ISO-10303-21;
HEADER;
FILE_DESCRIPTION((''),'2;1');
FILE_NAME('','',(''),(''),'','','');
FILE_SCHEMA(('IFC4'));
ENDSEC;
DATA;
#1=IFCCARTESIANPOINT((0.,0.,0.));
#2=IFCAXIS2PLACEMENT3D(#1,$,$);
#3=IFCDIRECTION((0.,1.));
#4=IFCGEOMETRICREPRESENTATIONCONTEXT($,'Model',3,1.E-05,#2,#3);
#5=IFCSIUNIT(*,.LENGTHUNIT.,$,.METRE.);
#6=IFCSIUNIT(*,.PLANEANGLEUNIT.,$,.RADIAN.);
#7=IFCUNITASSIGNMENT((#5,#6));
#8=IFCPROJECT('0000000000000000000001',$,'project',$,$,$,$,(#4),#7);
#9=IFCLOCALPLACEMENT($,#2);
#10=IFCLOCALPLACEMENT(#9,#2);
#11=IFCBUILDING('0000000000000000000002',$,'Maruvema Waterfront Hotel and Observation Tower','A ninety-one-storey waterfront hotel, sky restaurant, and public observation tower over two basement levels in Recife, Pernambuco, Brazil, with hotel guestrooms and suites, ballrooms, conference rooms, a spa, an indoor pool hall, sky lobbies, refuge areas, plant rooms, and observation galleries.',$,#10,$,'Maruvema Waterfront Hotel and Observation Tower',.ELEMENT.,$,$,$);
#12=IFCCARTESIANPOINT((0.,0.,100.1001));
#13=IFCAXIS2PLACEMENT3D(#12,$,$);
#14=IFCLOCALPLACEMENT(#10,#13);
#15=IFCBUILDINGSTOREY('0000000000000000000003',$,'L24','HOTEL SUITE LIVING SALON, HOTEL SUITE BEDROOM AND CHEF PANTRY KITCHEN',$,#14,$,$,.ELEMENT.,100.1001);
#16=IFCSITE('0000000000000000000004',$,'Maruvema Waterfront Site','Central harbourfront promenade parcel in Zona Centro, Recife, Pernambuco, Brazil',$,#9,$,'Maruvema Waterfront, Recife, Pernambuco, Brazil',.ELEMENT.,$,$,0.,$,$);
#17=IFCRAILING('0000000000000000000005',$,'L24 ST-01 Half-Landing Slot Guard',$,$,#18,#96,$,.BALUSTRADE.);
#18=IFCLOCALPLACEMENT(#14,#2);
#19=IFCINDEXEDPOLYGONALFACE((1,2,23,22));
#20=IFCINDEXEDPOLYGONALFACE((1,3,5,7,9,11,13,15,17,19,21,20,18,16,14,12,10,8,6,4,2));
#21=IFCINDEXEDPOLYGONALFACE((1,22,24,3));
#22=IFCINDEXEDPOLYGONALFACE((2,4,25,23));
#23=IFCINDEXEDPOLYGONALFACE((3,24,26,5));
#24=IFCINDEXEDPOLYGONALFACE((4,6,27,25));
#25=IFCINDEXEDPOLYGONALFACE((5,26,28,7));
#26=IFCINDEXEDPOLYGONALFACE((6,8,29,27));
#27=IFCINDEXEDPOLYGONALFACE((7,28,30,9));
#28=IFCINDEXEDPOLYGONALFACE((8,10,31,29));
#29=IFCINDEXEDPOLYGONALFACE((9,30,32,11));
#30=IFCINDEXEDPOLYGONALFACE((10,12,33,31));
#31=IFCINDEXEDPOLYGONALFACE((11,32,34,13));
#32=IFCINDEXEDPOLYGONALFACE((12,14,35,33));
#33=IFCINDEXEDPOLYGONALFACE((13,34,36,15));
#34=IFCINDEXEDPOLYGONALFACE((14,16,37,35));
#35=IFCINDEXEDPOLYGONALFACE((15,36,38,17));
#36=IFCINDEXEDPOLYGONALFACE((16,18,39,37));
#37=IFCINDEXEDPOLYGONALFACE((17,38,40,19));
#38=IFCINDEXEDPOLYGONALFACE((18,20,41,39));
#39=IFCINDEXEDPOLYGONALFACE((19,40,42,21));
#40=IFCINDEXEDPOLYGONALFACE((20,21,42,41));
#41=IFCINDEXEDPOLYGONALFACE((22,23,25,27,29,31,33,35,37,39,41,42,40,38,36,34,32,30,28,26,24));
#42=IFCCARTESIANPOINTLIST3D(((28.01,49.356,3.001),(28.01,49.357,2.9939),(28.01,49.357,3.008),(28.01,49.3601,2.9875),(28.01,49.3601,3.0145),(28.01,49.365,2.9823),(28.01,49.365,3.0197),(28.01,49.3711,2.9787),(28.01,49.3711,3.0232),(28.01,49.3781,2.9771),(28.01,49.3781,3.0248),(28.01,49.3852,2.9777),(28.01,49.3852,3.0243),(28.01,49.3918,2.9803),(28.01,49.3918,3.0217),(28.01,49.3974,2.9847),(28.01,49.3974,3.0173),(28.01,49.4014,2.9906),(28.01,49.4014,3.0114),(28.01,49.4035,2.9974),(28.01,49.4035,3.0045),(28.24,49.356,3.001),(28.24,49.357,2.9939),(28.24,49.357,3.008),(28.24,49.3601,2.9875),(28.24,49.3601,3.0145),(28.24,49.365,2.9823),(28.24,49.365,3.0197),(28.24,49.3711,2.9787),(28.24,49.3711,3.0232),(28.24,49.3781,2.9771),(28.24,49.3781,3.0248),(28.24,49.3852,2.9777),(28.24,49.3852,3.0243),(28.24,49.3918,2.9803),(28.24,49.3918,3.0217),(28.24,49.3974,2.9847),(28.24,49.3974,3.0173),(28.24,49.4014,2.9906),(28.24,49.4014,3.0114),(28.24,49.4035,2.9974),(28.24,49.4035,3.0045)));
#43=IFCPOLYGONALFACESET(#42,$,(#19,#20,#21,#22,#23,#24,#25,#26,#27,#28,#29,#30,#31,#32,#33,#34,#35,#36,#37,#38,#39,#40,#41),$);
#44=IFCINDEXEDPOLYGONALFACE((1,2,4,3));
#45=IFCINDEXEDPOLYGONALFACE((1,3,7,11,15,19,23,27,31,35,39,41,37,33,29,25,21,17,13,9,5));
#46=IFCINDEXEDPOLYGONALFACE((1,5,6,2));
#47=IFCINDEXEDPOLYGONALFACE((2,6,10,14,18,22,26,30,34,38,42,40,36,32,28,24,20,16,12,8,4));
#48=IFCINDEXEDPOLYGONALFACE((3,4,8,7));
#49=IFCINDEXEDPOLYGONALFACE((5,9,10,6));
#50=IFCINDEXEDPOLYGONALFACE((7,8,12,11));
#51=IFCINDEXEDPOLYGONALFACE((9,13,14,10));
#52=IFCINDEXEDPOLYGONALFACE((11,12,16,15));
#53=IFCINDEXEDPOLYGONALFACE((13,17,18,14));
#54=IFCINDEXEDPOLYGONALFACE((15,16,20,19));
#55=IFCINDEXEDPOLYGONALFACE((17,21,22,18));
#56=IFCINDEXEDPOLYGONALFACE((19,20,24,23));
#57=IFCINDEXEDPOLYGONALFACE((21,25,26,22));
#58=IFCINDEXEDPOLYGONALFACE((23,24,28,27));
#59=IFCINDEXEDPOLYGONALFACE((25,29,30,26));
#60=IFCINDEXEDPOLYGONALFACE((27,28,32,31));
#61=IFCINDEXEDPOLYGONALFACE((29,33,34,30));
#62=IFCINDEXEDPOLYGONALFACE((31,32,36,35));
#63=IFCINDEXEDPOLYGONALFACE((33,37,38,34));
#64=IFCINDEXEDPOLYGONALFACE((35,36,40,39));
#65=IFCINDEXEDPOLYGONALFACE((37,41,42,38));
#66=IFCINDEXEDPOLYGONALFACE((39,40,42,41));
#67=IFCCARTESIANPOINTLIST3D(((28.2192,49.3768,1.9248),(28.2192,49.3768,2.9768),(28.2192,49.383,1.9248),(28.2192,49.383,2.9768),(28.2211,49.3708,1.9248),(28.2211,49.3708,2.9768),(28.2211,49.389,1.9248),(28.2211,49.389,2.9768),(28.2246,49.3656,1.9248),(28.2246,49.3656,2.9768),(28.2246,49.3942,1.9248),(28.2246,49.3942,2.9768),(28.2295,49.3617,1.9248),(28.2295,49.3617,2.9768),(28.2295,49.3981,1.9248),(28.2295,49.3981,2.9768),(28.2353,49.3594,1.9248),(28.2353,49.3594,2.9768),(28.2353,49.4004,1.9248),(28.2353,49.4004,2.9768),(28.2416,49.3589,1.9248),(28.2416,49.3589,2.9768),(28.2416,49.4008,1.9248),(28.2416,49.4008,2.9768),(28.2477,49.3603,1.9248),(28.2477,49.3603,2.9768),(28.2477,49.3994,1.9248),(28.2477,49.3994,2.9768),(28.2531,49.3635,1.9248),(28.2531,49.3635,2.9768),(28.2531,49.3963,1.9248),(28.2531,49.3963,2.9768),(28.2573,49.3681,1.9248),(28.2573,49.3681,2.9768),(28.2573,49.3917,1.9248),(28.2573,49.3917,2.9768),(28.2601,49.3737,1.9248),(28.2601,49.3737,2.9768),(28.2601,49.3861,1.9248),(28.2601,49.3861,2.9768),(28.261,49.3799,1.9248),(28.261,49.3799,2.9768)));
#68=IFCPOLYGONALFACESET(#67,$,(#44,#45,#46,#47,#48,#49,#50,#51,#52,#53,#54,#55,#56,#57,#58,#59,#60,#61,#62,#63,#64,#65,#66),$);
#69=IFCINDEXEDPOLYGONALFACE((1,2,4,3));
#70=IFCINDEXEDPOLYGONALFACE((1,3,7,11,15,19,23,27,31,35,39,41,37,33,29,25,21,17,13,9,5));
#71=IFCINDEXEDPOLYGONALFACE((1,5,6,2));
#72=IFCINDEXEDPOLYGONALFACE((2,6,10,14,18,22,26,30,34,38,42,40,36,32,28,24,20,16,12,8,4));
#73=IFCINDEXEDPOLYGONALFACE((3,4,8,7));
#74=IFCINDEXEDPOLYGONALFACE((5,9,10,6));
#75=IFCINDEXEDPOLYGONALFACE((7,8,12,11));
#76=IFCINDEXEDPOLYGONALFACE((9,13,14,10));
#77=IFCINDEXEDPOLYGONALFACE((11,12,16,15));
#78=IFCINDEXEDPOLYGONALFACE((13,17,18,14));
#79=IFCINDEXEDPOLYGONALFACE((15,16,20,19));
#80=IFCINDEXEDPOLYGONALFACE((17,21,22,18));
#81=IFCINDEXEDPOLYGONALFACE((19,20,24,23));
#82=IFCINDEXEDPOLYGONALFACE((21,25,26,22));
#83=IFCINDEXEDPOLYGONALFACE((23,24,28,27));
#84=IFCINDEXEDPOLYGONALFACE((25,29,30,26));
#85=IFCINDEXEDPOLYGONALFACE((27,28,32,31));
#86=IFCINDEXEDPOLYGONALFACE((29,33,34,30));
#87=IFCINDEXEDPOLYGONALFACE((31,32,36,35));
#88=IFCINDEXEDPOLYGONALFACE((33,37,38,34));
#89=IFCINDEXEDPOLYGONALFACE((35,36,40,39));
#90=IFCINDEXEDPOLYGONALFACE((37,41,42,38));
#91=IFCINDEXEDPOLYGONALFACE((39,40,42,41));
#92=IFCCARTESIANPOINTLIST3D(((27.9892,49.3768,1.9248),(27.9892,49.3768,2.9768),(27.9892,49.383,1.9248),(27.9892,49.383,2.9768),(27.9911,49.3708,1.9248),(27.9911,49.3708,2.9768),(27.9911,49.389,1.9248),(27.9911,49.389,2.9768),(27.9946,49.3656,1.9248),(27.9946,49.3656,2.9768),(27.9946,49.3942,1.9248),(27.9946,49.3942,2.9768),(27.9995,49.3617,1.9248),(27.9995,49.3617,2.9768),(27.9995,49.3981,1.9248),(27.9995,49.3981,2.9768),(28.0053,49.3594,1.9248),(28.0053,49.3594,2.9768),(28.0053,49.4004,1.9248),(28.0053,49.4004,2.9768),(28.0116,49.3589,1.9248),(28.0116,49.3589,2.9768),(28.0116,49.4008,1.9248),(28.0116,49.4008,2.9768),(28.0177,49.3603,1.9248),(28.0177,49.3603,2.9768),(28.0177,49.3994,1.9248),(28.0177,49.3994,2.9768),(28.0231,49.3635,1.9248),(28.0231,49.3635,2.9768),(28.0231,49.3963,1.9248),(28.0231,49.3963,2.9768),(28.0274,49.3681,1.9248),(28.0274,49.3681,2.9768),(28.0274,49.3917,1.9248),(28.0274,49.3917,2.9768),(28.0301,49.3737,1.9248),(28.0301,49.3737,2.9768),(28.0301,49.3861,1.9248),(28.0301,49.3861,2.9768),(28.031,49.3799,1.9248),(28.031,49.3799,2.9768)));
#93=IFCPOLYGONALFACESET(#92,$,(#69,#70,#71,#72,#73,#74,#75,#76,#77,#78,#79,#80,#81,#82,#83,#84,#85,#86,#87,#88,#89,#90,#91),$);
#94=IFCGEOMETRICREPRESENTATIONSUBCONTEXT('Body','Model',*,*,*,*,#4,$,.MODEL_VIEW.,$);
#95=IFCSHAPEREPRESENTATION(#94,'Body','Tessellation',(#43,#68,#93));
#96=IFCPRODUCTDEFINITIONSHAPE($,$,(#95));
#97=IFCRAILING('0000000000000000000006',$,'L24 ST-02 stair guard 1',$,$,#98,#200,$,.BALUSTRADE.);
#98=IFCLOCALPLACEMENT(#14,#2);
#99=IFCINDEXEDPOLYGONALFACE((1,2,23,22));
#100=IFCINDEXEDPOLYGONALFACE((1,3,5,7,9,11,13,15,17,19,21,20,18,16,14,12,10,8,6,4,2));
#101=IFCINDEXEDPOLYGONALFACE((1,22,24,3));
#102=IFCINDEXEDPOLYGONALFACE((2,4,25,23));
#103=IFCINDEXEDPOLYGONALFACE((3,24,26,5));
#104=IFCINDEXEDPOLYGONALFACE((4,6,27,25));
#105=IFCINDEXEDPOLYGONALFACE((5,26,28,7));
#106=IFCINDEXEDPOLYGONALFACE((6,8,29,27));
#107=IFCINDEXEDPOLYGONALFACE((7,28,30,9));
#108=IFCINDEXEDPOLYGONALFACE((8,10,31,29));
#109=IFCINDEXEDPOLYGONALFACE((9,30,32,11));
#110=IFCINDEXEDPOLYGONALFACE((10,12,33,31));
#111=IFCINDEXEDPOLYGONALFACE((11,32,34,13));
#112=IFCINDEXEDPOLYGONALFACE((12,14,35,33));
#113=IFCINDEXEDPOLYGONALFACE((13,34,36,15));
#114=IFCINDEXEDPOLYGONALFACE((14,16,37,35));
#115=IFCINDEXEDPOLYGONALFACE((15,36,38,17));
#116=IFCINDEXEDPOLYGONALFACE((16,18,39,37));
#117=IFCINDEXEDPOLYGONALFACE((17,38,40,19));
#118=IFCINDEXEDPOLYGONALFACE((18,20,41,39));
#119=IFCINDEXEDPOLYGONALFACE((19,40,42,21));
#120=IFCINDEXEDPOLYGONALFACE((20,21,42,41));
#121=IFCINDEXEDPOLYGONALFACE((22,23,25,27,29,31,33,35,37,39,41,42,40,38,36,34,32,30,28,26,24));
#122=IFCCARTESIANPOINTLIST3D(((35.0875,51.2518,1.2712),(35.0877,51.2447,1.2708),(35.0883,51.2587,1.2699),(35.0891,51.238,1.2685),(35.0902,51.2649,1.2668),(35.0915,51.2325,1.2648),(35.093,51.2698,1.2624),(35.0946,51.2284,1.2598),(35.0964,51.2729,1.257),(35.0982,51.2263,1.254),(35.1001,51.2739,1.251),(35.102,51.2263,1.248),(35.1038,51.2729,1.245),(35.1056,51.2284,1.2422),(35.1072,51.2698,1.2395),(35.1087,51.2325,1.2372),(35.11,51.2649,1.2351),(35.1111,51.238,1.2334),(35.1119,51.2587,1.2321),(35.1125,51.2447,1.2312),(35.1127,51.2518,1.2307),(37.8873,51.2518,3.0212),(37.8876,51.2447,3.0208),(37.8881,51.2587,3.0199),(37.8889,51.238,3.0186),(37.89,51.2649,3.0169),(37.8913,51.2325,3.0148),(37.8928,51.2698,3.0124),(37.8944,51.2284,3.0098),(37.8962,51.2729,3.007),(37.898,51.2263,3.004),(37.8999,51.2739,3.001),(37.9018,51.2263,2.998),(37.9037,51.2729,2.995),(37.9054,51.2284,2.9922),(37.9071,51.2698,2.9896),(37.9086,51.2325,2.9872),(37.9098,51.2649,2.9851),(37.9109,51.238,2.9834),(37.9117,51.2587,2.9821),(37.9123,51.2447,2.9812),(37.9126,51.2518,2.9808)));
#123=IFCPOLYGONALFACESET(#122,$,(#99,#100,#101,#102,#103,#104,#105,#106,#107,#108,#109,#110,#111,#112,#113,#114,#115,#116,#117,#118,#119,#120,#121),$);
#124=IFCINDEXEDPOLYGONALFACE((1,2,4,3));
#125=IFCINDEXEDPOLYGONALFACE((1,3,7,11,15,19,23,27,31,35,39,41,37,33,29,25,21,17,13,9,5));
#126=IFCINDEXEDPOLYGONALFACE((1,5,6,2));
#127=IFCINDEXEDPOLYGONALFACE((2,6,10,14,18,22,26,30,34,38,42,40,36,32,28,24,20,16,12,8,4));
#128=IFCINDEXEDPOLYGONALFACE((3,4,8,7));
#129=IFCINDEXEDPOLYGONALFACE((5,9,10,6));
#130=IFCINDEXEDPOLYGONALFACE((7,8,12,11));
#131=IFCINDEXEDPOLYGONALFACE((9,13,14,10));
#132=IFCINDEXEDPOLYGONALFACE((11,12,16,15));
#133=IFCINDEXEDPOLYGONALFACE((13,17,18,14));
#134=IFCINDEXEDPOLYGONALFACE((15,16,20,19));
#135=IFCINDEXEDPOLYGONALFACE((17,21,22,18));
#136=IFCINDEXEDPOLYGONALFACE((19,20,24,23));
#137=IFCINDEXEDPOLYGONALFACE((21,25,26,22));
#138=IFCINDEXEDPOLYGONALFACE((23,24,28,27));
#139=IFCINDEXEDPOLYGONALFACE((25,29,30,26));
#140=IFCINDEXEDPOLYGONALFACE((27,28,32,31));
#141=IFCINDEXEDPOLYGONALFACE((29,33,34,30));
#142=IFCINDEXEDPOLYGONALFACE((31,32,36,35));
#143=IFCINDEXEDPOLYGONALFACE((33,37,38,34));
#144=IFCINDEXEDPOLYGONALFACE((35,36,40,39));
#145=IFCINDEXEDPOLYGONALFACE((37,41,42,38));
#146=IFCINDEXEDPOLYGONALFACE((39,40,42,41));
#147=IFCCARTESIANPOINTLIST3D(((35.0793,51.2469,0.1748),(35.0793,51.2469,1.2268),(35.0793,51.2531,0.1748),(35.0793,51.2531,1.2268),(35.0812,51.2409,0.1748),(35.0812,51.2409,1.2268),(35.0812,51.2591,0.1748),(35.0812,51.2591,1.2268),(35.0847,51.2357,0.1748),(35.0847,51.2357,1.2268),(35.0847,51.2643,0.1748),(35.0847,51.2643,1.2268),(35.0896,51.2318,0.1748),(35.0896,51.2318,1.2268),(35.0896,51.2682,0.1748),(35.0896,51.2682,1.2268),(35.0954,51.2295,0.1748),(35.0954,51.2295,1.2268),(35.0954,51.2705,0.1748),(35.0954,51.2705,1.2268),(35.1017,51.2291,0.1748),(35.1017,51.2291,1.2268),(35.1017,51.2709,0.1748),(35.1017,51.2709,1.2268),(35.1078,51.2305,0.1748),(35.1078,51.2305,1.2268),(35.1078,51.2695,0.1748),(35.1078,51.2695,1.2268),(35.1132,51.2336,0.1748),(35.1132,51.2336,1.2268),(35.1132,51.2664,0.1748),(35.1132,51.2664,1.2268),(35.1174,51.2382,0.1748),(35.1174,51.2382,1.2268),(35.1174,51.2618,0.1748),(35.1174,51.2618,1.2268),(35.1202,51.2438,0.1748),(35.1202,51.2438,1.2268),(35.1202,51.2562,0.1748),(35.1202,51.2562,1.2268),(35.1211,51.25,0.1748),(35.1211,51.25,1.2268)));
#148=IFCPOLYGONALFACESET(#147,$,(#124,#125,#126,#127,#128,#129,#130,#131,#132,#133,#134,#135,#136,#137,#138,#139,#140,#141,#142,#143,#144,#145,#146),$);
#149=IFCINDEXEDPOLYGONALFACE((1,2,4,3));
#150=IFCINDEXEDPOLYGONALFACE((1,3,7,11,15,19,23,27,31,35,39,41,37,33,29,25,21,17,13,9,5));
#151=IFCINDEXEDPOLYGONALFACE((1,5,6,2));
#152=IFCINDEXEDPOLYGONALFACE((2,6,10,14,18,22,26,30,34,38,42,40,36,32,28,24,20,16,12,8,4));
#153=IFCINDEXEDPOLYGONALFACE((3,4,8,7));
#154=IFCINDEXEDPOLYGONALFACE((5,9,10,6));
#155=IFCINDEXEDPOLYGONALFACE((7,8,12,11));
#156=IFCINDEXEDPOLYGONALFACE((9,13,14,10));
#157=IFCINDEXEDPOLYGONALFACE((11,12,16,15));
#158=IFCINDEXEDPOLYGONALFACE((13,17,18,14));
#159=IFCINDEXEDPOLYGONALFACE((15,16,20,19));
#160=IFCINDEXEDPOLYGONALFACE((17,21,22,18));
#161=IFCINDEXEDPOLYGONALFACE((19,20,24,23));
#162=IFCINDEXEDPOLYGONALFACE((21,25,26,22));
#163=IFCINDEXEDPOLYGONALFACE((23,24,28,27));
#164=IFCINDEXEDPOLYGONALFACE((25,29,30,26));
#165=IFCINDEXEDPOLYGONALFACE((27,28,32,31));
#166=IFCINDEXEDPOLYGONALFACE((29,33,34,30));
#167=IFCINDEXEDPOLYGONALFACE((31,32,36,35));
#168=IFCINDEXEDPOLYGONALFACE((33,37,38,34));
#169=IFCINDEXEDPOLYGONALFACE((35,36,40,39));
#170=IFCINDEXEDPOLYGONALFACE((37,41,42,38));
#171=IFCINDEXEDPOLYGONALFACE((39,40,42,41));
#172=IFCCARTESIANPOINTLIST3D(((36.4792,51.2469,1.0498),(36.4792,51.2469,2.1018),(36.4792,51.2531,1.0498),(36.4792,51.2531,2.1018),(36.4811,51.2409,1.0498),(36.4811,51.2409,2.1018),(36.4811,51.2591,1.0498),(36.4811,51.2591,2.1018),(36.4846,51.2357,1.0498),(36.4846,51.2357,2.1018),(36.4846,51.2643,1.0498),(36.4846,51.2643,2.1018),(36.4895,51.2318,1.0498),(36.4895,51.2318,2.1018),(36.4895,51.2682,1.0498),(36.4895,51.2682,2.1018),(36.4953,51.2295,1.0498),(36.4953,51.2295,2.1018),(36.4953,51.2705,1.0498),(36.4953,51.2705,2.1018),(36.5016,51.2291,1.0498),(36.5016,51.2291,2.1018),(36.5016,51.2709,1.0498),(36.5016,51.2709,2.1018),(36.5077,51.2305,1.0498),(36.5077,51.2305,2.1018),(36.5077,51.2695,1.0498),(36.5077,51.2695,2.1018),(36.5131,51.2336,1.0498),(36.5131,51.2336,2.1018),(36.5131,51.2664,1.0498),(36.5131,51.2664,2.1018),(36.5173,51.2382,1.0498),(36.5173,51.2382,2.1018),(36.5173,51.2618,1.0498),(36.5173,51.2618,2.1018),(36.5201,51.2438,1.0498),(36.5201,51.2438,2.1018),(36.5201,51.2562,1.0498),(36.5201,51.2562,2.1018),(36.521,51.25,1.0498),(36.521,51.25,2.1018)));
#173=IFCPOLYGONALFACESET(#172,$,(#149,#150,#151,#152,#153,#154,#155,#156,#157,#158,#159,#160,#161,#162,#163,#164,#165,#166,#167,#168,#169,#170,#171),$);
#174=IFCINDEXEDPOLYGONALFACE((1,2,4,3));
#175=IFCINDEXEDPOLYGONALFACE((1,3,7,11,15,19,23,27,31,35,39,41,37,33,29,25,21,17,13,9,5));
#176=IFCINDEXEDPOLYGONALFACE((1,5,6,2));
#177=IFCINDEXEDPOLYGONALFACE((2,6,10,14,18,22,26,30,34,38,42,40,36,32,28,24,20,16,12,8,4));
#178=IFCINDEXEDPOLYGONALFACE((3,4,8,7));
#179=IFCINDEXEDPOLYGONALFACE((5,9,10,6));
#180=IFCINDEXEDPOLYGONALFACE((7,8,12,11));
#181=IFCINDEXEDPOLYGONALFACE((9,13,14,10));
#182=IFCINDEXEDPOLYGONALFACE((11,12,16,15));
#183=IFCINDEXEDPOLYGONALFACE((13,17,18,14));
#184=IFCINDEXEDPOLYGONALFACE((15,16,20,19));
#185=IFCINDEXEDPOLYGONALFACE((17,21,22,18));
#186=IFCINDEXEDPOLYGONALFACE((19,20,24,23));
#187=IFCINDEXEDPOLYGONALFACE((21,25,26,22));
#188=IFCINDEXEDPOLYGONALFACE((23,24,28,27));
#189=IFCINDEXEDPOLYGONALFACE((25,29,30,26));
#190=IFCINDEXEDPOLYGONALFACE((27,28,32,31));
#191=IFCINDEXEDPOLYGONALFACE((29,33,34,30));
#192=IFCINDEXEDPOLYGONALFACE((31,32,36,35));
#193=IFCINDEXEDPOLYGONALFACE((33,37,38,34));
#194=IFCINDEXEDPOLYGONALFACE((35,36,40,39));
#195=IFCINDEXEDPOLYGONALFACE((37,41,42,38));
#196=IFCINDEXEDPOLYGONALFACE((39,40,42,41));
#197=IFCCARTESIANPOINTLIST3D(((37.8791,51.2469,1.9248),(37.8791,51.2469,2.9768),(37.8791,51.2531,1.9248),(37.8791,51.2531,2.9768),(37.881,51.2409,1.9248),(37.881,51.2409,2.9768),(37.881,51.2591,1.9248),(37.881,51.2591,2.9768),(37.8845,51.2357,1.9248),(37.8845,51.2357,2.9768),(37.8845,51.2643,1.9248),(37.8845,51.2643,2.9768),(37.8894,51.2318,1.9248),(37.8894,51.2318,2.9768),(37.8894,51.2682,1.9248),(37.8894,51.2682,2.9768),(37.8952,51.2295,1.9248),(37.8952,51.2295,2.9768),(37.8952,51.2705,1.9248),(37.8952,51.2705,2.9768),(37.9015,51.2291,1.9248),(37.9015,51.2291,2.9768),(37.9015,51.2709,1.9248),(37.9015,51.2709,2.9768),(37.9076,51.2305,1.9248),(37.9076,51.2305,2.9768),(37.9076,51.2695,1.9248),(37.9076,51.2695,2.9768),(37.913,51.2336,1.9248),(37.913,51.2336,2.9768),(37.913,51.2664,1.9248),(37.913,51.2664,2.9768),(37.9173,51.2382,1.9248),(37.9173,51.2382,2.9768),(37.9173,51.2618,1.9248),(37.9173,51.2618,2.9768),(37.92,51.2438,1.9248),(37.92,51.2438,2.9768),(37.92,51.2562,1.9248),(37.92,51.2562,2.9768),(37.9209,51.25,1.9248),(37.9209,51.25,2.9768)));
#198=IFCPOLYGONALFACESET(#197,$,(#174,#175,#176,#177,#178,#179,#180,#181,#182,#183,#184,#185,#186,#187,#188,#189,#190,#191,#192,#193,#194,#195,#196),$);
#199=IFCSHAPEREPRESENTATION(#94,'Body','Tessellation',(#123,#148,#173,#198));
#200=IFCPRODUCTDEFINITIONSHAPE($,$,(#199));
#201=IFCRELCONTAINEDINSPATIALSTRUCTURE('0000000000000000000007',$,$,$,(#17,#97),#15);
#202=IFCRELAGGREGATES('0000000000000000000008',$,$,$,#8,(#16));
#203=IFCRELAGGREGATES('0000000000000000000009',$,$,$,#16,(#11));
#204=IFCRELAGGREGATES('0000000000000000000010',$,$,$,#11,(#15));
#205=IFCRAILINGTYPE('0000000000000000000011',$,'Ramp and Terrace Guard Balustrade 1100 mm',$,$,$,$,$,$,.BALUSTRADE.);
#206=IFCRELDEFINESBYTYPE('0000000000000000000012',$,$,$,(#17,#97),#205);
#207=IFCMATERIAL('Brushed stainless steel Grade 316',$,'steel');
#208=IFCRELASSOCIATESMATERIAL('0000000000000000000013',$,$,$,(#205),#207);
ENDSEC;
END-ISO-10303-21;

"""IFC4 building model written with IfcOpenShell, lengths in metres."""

from ifc_helpers import new_model, si_unit, direction, frame, origin, origin_2d, place, context, subcontext, project, spatial, circle, extrude, material, type_object, element, save


model = new_model("IFC4")

# Units and contexts
model_context = context("Model", 3, precision=1e-05, world=origin(), true_north=direction((0.0, 1.0)))
body_context = subcontext(model_context, "Body", "Model", "MODEL_VIEW")
ifc_project = project(units=[si_unit("LENGTHUNIT", "METRE"), si_unit("PLANEANGLEUNIT", "RADIAN")], contexts=[model_context])

# Site, building, storey
site_placement = place(None, origin())
site = spatial("IfcSite", under=ifc_project, at=site_placement, Name="Maruvema Waterfront Site", Description="Central harbourfront promenade parcel in Zona Centro, Recife, Pernambuco, Brazil", LongName="Maruvema Waterfront, Recife, Pernambuco, Brazil", CompositionType="ELEMENT", RefElevation=0.0)
building_placement = place(site_placement, origin())
building = spatial("IfcBuilding", under=site, at=building_placement, Name="Maruvema Waterfront Hotel and Observation Tower", Description="A ninety-one-storey waterfront hotel, sky restaurant, and public observation tower over two basement levels in Recife, Pernambuco, Brazil, with hotel guestrooms and suites, ballrooms, conference rooms, a spa, an indoor pool hall, sky lobbies, refuge areas, plant rooms, and observation galleries.", LongName="Maruvema Waterfront Hotel and Observation Tower", CompositionType="ELEMENT")
storey_placement = place(building_placement, frame((0.0, 0.0, 100.1001)))
storey = spatial("IfcBuildingStorey", under=building, at=storey_placement, Name="L24", Description="HOTEL SUITE LIVING SALON, HOTEL SUITE BEDROOM AND CHEF PANTRY KITCHEN", CompositionType="ELEMENT", Elevation=100.1001)

# Railings
ifc_material_1 = material(Name="Brushed stainless steel Grade 316", Category="steel")
railing_type_1 = type_object("IfcRailingType", Name="Ramp and Terrace Guard Balustrade 1100 mm", PredefinedType="BALUSTRADE", material=ifc_material_1)
railing_1_placement = place(storey_placement, frame((28.24, 49.3799, 1.9248)))
element("IfcRailing", 1, at=railing_1_placement, inside=storey, type_object=railing_type_1, Name="L24 ST-01 Half-Landing Slot Guard", PredefinedType="BALUSTRADE", context=body_context, shape_type="SweptSolid", body=[
    extrude(circle(Radius=0.0239, at=origin_2d()), frame((0.0, 0.0, 1.0762), z_axis=(-1.0, 0.0, 0.0), x_axis=(0.0, -1.0, 0.0)), (0.0, 0.0, 1.0), 0.23),
    extrude(circle(Radius=0.021, at=origin_2d()), origin(), (0.0, 0.0, 1.0), 1.052),
    extrude(circle(Radius=0.021, at=origin_2d()), frame((-0.23, 0.0, 0.0)), (0.0, 0.0, 1.0), 1.052),
])
railing_2_placement = place(storey_placement, frame((35.1001, 51.25, 0.1748)))
element("IfcRailing", 2, at=railing_2_placement, inside=storey, type_object=railing_type_1, Name="L24 ST-02 stair guard 1", PredefinedType="BALUSTRADE", context=body_context, shape_type="SweptSolid", body=[
    extrude(circle(Radius=0.0239, at=origin_2d()), frame((0.0, 0.0, 1.0762), z_axis=(0.847982, 0.0, 0.530026), x_axis=(0.0, 1.0, 0.0)), (0.0, 0.0, 1.0), 3.3018),
    extrude(circle(Radius=0.021, at=origin_2d()), origin(), (0.0, 0.0, 1.0), 1.052),
    extrude(circle(Radius=0.021, at=origin_2d()), frame((1.3999, 0.0, 0.875)), (0.0, 0.0, 1.0), 1.052),
    extrude(circle(Radius=0.021, at=origin_2d()), frame((2.7998, 0.0, 1.75)), (0.0, 0.0, 1.0), 1.052),
])

save(model, "model.ifc")
